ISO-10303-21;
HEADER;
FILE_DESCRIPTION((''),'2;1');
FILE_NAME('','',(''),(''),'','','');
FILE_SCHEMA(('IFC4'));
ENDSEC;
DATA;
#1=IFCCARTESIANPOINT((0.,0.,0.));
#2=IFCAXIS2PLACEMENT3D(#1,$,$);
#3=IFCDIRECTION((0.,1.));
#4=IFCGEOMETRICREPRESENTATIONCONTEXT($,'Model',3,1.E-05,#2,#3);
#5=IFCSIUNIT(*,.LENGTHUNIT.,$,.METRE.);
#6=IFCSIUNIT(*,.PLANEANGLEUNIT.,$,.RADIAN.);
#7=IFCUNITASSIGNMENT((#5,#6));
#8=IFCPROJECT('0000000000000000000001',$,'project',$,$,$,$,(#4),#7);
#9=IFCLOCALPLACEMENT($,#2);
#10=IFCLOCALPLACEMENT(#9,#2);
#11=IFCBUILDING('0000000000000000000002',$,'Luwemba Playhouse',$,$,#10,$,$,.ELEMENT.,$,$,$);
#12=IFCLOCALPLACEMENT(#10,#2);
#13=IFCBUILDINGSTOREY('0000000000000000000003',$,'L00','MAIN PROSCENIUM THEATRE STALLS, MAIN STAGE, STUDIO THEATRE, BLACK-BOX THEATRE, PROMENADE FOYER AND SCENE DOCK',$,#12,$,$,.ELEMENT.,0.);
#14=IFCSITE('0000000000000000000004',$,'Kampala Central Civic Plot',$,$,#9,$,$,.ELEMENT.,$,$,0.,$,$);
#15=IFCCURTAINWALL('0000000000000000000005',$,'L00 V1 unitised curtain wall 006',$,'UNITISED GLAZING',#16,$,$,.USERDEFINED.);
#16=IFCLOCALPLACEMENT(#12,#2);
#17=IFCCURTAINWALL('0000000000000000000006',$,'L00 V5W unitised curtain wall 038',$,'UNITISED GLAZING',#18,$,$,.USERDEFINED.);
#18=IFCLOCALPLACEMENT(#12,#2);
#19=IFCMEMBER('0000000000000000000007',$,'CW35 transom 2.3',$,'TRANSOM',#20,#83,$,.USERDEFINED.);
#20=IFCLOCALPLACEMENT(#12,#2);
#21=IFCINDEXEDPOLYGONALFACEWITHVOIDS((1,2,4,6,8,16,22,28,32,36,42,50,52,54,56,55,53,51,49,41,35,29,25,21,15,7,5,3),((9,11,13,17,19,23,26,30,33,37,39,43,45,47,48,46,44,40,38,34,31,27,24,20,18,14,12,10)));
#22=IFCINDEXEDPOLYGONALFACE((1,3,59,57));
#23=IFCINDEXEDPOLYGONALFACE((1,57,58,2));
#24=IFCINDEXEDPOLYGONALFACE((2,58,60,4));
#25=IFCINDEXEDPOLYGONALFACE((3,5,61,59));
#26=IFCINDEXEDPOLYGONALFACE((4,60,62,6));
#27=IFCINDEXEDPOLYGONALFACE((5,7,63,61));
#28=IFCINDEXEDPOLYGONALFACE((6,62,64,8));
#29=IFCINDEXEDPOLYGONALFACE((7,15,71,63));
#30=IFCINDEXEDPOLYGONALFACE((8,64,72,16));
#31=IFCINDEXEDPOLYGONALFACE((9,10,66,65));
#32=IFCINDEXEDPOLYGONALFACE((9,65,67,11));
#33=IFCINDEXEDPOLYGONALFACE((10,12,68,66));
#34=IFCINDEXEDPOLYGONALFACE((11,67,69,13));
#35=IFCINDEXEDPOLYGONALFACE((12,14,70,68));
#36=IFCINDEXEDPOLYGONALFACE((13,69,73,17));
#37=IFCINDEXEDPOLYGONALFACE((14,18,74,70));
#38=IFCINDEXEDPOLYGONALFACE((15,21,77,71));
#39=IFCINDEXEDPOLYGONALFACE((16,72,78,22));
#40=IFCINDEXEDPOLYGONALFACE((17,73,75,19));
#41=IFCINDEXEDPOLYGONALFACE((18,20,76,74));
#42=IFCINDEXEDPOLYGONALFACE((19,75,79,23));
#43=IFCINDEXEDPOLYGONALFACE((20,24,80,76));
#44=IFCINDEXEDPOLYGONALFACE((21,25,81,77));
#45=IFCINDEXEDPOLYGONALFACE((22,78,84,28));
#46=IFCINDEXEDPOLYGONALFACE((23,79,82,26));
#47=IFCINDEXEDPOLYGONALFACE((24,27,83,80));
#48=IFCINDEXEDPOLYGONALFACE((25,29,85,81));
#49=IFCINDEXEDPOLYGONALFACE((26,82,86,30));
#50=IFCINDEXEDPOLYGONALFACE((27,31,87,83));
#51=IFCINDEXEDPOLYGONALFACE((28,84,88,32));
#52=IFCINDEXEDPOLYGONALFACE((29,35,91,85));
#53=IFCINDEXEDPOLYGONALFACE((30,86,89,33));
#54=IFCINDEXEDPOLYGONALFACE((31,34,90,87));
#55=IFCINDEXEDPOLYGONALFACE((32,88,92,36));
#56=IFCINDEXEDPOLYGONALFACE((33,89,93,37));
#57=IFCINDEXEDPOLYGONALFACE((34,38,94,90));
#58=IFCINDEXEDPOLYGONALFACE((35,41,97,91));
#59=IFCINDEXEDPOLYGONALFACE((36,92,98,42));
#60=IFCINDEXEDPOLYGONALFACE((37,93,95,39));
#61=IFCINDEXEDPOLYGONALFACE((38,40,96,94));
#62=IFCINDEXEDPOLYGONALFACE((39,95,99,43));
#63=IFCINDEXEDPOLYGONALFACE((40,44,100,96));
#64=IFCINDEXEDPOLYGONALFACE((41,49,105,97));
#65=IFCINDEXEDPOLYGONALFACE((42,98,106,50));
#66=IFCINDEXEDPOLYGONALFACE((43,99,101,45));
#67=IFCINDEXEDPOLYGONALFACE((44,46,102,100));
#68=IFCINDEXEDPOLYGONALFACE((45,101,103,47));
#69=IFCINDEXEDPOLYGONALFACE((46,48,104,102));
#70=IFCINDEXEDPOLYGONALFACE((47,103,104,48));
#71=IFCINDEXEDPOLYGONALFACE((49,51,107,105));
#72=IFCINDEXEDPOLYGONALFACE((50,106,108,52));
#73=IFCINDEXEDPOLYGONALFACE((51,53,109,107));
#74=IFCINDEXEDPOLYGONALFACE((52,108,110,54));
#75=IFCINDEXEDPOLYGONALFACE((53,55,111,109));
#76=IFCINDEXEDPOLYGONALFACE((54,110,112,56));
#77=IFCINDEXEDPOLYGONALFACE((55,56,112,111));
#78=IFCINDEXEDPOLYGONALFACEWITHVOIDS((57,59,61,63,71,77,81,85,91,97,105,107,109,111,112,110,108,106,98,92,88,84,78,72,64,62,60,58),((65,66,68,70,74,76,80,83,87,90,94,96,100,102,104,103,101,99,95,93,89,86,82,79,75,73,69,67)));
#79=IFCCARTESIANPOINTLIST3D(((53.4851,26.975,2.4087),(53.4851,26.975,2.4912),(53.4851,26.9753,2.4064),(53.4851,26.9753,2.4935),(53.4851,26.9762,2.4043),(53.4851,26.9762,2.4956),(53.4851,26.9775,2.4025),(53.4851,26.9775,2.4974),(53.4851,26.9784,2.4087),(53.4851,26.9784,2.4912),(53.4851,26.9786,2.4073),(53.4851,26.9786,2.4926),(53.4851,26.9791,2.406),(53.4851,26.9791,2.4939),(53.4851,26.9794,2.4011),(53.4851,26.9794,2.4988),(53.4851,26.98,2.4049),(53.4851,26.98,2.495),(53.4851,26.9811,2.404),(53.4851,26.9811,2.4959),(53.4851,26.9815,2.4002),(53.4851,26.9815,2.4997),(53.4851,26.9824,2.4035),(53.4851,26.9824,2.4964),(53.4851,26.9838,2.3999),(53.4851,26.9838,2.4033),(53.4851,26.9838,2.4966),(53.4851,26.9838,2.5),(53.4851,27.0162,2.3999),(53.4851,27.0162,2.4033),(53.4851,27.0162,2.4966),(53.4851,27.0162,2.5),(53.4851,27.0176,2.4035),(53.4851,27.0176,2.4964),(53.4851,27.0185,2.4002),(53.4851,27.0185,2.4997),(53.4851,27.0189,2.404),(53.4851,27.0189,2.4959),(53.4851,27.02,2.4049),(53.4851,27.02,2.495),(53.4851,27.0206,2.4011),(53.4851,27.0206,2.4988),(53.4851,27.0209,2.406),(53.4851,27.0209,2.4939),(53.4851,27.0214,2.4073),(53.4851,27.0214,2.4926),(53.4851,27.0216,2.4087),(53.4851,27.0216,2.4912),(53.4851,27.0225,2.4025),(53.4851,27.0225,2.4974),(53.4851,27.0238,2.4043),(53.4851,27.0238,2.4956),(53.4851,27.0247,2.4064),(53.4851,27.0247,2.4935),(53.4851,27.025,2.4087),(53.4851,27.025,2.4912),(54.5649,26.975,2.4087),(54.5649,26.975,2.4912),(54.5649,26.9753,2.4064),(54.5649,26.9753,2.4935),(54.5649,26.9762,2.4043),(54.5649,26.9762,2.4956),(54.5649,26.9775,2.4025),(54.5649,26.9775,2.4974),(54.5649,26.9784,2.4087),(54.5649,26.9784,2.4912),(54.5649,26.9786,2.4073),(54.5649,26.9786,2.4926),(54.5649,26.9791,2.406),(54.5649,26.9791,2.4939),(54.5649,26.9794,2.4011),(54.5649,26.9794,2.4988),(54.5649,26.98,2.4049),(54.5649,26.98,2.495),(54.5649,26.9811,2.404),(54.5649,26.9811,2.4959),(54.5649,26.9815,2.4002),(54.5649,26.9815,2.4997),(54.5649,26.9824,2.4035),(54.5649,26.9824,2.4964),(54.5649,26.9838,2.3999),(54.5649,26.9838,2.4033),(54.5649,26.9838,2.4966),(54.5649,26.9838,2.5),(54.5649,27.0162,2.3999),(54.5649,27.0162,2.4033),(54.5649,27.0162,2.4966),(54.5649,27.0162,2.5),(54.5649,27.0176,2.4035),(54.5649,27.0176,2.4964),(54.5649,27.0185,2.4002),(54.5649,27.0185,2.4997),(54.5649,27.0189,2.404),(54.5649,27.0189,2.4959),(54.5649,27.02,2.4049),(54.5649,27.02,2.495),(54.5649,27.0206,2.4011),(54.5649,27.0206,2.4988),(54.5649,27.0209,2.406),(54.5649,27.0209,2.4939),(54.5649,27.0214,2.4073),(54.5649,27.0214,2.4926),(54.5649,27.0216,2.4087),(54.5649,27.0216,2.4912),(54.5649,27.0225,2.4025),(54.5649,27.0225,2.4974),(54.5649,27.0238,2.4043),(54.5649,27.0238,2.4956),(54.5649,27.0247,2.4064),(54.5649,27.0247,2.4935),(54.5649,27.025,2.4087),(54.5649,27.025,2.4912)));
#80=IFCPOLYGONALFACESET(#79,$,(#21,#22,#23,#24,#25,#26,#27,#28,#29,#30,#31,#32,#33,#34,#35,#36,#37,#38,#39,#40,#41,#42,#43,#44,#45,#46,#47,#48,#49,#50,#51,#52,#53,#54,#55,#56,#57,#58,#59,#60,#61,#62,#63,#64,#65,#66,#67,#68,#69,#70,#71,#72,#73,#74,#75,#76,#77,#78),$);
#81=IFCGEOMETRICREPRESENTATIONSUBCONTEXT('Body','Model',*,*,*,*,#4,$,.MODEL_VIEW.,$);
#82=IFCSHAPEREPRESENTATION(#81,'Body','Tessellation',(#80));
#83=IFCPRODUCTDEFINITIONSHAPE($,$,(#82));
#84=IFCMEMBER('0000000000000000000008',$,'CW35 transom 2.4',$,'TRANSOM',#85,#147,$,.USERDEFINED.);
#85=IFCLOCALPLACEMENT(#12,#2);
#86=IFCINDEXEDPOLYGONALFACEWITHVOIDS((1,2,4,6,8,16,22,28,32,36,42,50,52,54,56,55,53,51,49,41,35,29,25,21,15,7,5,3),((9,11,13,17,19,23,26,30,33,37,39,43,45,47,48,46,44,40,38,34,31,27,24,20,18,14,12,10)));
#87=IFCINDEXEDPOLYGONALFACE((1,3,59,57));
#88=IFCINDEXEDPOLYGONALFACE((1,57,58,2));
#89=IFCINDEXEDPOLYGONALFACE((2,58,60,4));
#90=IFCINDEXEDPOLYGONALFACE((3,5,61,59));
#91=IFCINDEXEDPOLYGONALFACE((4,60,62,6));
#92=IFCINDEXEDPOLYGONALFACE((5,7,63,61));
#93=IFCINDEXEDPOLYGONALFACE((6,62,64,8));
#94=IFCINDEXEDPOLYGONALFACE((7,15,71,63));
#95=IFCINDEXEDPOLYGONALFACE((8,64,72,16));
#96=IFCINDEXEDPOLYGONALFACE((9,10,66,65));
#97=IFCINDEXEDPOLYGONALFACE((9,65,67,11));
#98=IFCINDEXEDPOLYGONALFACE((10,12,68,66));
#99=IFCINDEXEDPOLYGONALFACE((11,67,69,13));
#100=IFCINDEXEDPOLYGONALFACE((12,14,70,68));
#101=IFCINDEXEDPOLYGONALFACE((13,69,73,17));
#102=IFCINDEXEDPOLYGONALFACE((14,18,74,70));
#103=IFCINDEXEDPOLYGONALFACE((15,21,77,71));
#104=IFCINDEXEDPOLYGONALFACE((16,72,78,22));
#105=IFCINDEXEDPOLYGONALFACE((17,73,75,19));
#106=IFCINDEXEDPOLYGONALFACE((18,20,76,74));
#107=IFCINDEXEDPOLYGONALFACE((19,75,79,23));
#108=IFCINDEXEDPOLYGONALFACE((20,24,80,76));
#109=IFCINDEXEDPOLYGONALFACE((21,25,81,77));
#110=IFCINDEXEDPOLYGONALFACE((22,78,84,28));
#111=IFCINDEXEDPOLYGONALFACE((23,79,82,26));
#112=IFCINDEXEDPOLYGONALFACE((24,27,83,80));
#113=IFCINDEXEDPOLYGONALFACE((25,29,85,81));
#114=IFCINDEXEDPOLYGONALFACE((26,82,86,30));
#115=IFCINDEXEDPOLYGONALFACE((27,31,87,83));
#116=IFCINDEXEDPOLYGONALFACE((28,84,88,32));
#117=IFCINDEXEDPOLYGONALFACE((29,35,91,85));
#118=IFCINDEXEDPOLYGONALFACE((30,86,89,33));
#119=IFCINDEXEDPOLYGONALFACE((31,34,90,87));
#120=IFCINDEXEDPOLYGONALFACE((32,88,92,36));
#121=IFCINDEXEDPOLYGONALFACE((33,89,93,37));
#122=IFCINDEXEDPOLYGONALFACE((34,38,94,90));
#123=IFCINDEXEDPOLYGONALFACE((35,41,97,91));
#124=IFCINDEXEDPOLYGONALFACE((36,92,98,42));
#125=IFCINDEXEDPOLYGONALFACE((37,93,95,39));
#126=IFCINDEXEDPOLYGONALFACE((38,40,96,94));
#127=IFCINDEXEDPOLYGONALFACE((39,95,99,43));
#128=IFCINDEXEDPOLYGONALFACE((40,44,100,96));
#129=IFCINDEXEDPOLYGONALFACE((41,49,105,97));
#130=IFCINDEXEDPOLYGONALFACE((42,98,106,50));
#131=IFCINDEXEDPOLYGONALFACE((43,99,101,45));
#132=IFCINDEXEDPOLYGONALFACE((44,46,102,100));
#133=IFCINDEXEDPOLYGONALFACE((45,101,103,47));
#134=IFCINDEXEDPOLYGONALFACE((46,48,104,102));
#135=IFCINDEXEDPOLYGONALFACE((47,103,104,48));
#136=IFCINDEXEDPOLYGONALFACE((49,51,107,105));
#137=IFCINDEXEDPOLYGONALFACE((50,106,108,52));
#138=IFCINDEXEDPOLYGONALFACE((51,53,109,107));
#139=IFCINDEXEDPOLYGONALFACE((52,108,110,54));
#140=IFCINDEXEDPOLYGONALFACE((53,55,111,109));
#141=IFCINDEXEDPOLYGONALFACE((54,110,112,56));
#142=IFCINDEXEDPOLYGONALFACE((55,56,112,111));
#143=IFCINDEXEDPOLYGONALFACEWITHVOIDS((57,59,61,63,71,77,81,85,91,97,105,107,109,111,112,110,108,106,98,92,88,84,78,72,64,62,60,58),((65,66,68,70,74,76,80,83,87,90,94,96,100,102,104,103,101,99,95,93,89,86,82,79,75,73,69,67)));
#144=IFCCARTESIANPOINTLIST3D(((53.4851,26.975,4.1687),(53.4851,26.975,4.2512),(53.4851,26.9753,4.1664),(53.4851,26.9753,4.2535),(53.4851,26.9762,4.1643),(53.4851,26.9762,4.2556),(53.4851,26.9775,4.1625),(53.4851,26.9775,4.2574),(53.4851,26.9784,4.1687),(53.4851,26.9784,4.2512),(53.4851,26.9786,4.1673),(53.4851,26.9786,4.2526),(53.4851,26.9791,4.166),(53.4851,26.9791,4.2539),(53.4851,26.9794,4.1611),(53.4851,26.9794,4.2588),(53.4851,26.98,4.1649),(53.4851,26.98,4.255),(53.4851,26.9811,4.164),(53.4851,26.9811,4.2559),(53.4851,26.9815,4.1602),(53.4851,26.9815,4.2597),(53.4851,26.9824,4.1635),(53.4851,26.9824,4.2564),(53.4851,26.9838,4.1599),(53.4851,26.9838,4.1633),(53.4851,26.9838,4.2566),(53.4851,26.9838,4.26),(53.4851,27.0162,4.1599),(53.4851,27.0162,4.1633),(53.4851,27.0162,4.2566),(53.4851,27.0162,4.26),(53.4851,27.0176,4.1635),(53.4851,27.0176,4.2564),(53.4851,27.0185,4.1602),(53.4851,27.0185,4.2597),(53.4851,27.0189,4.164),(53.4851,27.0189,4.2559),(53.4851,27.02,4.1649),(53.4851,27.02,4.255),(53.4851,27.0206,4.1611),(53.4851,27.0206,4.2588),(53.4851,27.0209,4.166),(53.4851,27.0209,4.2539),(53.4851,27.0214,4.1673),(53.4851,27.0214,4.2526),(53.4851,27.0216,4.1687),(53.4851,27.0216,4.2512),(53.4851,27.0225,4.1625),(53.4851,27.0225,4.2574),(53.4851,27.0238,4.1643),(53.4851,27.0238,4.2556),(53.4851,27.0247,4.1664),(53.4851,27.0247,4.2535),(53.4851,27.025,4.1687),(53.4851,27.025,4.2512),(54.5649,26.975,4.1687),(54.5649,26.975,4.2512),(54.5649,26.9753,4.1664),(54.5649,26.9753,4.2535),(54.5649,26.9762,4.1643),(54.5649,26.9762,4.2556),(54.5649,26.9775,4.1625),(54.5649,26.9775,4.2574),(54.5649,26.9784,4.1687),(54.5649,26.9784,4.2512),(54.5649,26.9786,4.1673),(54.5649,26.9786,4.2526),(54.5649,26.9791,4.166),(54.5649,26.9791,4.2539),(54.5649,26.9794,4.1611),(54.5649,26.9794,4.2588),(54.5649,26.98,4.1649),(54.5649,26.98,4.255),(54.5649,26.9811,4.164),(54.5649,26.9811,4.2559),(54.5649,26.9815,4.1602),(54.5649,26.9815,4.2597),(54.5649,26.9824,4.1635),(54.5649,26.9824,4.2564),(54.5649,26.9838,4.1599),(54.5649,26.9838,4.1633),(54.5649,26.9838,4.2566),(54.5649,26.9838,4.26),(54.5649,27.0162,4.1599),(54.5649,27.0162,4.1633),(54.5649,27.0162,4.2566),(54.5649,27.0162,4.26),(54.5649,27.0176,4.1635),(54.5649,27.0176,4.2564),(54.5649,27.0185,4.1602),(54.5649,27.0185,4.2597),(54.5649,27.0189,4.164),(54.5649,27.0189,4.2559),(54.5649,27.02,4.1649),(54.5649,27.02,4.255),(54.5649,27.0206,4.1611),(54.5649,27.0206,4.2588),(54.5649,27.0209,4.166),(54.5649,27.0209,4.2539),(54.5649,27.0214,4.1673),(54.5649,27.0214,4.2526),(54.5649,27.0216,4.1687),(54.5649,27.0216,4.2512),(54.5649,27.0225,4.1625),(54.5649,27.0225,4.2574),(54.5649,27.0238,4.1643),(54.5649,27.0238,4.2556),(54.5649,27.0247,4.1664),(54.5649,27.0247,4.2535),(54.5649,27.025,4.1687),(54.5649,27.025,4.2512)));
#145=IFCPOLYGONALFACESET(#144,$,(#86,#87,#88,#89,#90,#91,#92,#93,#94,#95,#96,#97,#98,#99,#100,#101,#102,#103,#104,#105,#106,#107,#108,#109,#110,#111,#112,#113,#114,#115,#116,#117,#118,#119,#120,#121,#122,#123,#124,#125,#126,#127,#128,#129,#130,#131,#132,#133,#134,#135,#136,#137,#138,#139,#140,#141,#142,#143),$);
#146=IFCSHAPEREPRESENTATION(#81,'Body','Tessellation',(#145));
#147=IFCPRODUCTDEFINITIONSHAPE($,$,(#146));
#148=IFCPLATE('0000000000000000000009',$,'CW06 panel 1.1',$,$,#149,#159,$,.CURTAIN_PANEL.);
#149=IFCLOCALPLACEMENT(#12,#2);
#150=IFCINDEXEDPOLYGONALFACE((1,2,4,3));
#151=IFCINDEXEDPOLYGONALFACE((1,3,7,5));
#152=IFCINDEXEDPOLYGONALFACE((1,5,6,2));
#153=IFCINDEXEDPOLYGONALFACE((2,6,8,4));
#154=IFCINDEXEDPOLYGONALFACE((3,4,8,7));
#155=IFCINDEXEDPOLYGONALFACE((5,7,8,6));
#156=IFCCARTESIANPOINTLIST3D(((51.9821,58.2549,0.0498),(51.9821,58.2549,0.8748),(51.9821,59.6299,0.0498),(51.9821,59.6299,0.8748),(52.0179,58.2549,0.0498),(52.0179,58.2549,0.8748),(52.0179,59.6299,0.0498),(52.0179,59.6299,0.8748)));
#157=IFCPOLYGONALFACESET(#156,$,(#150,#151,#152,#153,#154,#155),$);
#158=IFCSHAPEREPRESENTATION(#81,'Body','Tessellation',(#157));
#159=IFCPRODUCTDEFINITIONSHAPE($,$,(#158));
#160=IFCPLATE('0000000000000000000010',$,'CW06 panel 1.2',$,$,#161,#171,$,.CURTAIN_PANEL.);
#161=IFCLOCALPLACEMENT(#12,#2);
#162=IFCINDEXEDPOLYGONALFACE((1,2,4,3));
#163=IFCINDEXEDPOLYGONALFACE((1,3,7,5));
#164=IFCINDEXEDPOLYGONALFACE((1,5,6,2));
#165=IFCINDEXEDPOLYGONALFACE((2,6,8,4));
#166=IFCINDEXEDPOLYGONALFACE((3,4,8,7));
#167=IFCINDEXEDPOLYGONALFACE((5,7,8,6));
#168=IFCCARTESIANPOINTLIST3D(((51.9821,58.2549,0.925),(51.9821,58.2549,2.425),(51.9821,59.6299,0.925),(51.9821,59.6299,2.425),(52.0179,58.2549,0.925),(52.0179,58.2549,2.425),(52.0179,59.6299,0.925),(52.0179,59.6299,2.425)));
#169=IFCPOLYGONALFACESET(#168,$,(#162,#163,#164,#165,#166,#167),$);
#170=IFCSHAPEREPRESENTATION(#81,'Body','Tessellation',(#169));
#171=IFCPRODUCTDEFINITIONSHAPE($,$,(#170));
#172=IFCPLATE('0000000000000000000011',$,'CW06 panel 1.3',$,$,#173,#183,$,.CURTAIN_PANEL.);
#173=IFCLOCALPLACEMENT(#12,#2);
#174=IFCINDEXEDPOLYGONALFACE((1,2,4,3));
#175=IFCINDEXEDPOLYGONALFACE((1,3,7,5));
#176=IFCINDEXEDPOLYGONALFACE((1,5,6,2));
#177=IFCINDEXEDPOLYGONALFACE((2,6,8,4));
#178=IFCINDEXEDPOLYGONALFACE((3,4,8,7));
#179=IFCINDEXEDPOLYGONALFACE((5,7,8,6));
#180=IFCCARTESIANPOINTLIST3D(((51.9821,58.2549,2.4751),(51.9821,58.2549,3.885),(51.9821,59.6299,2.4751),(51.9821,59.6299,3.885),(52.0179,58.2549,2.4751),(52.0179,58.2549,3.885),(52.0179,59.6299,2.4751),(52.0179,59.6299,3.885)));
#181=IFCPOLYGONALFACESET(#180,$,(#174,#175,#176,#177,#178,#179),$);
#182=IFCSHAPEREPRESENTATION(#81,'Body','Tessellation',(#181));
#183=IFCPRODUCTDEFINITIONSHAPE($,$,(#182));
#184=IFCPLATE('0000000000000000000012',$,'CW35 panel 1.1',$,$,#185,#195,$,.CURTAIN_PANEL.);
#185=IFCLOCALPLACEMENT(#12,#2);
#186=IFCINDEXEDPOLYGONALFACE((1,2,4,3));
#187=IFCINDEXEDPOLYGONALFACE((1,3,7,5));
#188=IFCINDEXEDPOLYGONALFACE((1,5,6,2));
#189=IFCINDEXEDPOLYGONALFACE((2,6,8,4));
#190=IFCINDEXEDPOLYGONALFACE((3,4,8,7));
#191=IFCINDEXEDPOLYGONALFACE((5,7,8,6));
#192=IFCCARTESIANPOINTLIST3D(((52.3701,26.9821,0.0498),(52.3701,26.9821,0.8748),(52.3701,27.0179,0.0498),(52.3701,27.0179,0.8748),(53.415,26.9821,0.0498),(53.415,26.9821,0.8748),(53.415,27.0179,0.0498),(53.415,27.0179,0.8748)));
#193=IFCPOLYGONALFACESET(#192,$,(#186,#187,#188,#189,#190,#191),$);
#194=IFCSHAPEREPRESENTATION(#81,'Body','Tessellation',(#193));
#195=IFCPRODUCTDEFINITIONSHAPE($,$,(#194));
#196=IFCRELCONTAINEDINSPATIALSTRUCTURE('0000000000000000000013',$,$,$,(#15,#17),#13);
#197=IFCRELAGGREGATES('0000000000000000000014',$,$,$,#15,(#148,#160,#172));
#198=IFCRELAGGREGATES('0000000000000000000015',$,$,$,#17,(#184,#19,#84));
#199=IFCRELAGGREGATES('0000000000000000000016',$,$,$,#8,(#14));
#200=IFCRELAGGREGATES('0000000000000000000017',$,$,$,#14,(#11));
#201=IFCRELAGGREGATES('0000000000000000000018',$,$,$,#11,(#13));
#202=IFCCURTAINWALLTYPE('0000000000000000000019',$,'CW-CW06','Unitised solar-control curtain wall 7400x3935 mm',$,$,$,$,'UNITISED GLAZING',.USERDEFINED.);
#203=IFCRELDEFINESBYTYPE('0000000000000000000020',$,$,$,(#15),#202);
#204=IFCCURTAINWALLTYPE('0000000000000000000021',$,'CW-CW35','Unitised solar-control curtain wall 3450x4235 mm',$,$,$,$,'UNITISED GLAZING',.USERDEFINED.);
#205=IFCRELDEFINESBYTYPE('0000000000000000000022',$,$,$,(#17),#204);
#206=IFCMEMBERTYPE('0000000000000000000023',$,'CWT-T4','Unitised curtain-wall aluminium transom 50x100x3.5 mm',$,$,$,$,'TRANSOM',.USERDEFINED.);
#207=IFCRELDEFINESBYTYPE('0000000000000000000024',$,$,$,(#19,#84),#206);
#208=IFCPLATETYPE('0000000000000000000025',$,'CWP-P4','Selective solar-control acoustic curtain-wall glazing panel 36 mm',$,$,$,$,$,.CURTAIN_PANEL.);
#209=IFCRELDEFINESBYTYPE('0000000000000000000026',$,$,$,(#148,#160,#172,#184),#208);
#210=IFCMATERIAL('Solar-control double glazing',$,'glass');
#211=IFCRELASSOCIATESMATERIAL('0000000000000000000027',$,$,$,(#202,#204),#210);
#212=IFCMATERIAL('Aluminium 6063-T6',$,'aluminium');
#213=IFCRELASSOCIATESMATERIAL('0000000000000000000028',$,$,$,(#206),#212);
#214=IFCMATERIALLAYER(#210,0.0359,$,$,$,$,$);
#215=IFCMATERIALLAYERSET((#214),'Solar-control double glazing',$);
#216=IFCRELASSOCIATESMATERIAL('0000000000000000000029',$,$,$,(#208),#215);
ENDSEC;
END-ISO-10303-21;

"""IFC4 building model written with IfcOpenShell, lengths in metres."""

from ifc_helpers import new_model, si_unit, direction, frame, origin, origin_2d, place, context, subcontext, project, spatial, rectangle, hollow_rectangle, extrude, material, layer, layer_set, material_profile, profile_set, type_object, element, aggregate, save


model = new_model("IFC4")

# Units and contexts
model_context = context("Model", 3, precision=1e-05, world=origin(), true_north=direction((0.0, 1.0)))
body_context = subcontext(model_context, "Body", "Model", "MODEL_VIEW")
ifc_project = project(units=[si_unit("LENGTHUNIT", "METRE"), si_unit("PLANEANGLEUNIT", "RADIAN")], contexts=[model_context])

# Site, building, storey
site_placement = place(None, origin())
site = spatial("IfcSite", under=ifc_project, at=site_placement, Name="Kampala Central Civic Plot", CompositionType="ELEMENT", RefElevation=0.0)
building_placement = place(site_placement, origin())
building = spatial("IfcBuilding", under=site, at=building_placement, Name="Luwemba Playhouse", CompositionType="ELEMENT")
storey_placement = place(building_placement, origin())
storey = spatial("IfcBuildingStorey", under=building, at=storey_placement, Name="L00", Description="MAIN PROSCENIUM THEATRE STALLS, MAIN STAGE, STUDIO THEATRE, BLACK-BOX THEATRE, PROMENADE FOYER AND SCENE DOCK", CompositionType="ELEMENT", Elevation=0.0)

# Curtain wall
ifc_material_1 = material(Name="Solar-control double glazing", Category="glass")
curtain_wall_type_1 = type_object("IfcCurtainWallType", Name="CW-CW06", Description="Unitised solar-control curtain wall 7400x3935 mm", ElementType="UNITISED GLAZING", PredefinedType="USERDEFINED", material=ifc_material_1)
curtain_wall_1_placement = place(storey_placement, origin())
curtain_wall_1 = element("IfcCurtainWall", 1, at=curtain_wall_1_placement, inside=storey, type_object=curtain_wall_type_1, Name="L00 V1 unitised curtain wall 006", ObjectType="UNITISED GLAZING", PredefinedType="USERDEFINED")
ifc_material_2 = material(Name="Aluminium 6063-T6", Category="aluminium")

# Curtain wall
curtain_wall_type_2 = type_object("IfcCurtainWallType", Name="CW-CW35", Description="Unitised solar-control curtain wall 3450x4235 mm", ElementType="UNITISED GLAZING", PredefinedType="USERDEFINED", material=ifc_material_1)
curtain_wall_2_placement = place(storey_placement, origin())
curtain_wall_2 = element("IfcCurtainWall", 2, at=curtain_wall_2_placement, inside=storey, type_object=curtain_wall_type_2, Name="L00 V5W unitised curtain wall 038", ObjectType="UNITISED GLAZING", PredefinedType="USERDEFINED")

# Members
ifc_material_profile_1 = material_profile(ifc_material_2, hollow_rectangle(XDim=0.05, YDim=0.1001, WallThickness=0.0034, InnerFilletRadius=0.0054, OuterFilletRadius=0.0088, at=origin_2d()))
ifc_profile_set_1 = profile_set([ifc_material_profile_1], Name="Aluminium 6063-T6")
member_type_1 = type_object("IfcMemberType", Name="CWT-T4", Description="Unitised curtain-wall aluminium transom 50x100x3.5 mm", ElementType="TRANSOM", PredefinedType="USERDEFINED", material=ifc_profile_set_1)
member_1_placement = place(storey_placement, frame((53.4851, 27.0, 2.45), z_axis=(1.0, 0.0, 0.0), x_axis=(0.0, 1.0, 0.0)))
member_1 = element("IfcMember", 3, at=member_1_placement, type_object=member_type_1, Name="CW35 transom 2.3", ObjectType="TRANSOM", PredefinedType="USERDEFINED", context=body_context, shape_type="SweptSolid", body=[
    extrude(hollow_rectangle(XDim=0.05, YDim=0.1001, WallThickness=0.0034, InnerFilletRadius=0.0054, OuterFilletRadius=0.0088, at=origin_2d()), origin(), (0.0, 0.0, 1.0), 1.0798),
])
member_2_placement = place(storey_placement, frame((53.4851, 27.0, 4.21), z_axis=(1.0, 0.0, 0.0), x_axis=(0.0, 1.0, 0.0)))
member_2 = element("IfcMember", 4, at=member_2_placement, type_object=member_type_1, Name="CW35 transom 2.4", ObjectType="TRANSOM", PredefinedType="USERDEFINED", context=body_context, shape_type="SweptSolid", body=[
    extrude(hollow_rectangle(XDim=0.05, YDim=0.1001, WallThickness=0.0034, InnerFilletRadius=0.0054, OuterFilletRadius=0.0088, at=origin_2d()), origin(), (0.0, 0.0, 1.0), 1.0798),
])

# Plates
ifc_layer = layer(ifc_material_1, 0.0359)
ifc_layer_set = layer_set([ifc_layer], Name="Solar-control double glazing")
plate_type = type_object("IfcPlateType", Name="CWP-P4", Description="Selective solar-control acoustic curtain-wall glazing panel 36 mm", PredefinedType="CURTAIN_PANEL", material=ifc_layer_set)
plate_1_placement = place(storey_placement, frame((52.0, 58.9424, 0.0498), z_axis=(0.0, 0.0, 1.0), x_axis=(0.0, -1.0, 0.0)))
plate_1 = element("IfcPlate", 5, at=plate_1_placement, type_object=plate_type, Name="CW06 panel 1.1", PredefinedType="CURTAIN_PANEL", context=body_context, shape_type="SweptSolid", body=[
    extrude(rectangle(XDim=1.375, YDim=0.0359, at=origin_2d()), origin(), (0.0, 0.0, 1.0), 0.825),
])
plate_2_placement = place(storey_placement, frame((52.0, 58.9424, 0.925), z_axis=(0.0, 0.0, 1.0), x_axis=(0.0, -1.0, 0.0)))
plate_2 = element("IfcPlate", 6, at=plate_2_placement, type_object=plate_type, Name="CW06 panel 1.2", PredefinedType="CURTAIN_PANEL", context=body_context, shape_type="SweptSolid", body=[
    extrude(rectangle(XDim=1.375, YDim=0.0359, at=origin_2d()), origin(), (0.0, 0.0, 1.0), 1.5),
])
plate_3_placement = place(storey_placement, frame((52.0, 58.9424, 2.4751), z_axis=(0.0, 0.0, 1.0), x_axis=(0.0, -1.0, 0.0)))
plate_3 = element("IfcPlate", 7, at=plate_3_placement, type_object=plate_type, Name="CW06 panel 1.3", PredefinedType="CURTAIN_PANEL", context=body_context, shape_type="SweptSolid", body=[
    extrude(rectangle(XDim=1.375, YDim=0.0359, at=origin_2d()), origin(), (0.0, 0.0, 1.0), 1.4099),
])
aggregate(curtain_wall_1, [plate_1, plate_2, plate_3])
plate_4_placement = place(storey_placement, frame((52.8926, 27.0, 0.0498), z_axis=(0.0, 0.0, 1.0), x_axis=(1.0, 0.0, 0.0)))
plate_4 = element("IfcPlate", 8, at=plate_4_placement, type_object=plate_type, Name="CW35 panel 1.1", PredefinedType="CURTAIN_PANEL", context=body_context, shape_type="SweptSolid", body=[
    extrude(rectangle(XDim=1.0449, YDim=0.0359, at=origin_2d()), origin(), (0.0, 0.0, 1.0), 0.825),
])
aggregate(curtain_wall_2, [plate_4, member_1, member_2])

save(model, "model.ifc")
